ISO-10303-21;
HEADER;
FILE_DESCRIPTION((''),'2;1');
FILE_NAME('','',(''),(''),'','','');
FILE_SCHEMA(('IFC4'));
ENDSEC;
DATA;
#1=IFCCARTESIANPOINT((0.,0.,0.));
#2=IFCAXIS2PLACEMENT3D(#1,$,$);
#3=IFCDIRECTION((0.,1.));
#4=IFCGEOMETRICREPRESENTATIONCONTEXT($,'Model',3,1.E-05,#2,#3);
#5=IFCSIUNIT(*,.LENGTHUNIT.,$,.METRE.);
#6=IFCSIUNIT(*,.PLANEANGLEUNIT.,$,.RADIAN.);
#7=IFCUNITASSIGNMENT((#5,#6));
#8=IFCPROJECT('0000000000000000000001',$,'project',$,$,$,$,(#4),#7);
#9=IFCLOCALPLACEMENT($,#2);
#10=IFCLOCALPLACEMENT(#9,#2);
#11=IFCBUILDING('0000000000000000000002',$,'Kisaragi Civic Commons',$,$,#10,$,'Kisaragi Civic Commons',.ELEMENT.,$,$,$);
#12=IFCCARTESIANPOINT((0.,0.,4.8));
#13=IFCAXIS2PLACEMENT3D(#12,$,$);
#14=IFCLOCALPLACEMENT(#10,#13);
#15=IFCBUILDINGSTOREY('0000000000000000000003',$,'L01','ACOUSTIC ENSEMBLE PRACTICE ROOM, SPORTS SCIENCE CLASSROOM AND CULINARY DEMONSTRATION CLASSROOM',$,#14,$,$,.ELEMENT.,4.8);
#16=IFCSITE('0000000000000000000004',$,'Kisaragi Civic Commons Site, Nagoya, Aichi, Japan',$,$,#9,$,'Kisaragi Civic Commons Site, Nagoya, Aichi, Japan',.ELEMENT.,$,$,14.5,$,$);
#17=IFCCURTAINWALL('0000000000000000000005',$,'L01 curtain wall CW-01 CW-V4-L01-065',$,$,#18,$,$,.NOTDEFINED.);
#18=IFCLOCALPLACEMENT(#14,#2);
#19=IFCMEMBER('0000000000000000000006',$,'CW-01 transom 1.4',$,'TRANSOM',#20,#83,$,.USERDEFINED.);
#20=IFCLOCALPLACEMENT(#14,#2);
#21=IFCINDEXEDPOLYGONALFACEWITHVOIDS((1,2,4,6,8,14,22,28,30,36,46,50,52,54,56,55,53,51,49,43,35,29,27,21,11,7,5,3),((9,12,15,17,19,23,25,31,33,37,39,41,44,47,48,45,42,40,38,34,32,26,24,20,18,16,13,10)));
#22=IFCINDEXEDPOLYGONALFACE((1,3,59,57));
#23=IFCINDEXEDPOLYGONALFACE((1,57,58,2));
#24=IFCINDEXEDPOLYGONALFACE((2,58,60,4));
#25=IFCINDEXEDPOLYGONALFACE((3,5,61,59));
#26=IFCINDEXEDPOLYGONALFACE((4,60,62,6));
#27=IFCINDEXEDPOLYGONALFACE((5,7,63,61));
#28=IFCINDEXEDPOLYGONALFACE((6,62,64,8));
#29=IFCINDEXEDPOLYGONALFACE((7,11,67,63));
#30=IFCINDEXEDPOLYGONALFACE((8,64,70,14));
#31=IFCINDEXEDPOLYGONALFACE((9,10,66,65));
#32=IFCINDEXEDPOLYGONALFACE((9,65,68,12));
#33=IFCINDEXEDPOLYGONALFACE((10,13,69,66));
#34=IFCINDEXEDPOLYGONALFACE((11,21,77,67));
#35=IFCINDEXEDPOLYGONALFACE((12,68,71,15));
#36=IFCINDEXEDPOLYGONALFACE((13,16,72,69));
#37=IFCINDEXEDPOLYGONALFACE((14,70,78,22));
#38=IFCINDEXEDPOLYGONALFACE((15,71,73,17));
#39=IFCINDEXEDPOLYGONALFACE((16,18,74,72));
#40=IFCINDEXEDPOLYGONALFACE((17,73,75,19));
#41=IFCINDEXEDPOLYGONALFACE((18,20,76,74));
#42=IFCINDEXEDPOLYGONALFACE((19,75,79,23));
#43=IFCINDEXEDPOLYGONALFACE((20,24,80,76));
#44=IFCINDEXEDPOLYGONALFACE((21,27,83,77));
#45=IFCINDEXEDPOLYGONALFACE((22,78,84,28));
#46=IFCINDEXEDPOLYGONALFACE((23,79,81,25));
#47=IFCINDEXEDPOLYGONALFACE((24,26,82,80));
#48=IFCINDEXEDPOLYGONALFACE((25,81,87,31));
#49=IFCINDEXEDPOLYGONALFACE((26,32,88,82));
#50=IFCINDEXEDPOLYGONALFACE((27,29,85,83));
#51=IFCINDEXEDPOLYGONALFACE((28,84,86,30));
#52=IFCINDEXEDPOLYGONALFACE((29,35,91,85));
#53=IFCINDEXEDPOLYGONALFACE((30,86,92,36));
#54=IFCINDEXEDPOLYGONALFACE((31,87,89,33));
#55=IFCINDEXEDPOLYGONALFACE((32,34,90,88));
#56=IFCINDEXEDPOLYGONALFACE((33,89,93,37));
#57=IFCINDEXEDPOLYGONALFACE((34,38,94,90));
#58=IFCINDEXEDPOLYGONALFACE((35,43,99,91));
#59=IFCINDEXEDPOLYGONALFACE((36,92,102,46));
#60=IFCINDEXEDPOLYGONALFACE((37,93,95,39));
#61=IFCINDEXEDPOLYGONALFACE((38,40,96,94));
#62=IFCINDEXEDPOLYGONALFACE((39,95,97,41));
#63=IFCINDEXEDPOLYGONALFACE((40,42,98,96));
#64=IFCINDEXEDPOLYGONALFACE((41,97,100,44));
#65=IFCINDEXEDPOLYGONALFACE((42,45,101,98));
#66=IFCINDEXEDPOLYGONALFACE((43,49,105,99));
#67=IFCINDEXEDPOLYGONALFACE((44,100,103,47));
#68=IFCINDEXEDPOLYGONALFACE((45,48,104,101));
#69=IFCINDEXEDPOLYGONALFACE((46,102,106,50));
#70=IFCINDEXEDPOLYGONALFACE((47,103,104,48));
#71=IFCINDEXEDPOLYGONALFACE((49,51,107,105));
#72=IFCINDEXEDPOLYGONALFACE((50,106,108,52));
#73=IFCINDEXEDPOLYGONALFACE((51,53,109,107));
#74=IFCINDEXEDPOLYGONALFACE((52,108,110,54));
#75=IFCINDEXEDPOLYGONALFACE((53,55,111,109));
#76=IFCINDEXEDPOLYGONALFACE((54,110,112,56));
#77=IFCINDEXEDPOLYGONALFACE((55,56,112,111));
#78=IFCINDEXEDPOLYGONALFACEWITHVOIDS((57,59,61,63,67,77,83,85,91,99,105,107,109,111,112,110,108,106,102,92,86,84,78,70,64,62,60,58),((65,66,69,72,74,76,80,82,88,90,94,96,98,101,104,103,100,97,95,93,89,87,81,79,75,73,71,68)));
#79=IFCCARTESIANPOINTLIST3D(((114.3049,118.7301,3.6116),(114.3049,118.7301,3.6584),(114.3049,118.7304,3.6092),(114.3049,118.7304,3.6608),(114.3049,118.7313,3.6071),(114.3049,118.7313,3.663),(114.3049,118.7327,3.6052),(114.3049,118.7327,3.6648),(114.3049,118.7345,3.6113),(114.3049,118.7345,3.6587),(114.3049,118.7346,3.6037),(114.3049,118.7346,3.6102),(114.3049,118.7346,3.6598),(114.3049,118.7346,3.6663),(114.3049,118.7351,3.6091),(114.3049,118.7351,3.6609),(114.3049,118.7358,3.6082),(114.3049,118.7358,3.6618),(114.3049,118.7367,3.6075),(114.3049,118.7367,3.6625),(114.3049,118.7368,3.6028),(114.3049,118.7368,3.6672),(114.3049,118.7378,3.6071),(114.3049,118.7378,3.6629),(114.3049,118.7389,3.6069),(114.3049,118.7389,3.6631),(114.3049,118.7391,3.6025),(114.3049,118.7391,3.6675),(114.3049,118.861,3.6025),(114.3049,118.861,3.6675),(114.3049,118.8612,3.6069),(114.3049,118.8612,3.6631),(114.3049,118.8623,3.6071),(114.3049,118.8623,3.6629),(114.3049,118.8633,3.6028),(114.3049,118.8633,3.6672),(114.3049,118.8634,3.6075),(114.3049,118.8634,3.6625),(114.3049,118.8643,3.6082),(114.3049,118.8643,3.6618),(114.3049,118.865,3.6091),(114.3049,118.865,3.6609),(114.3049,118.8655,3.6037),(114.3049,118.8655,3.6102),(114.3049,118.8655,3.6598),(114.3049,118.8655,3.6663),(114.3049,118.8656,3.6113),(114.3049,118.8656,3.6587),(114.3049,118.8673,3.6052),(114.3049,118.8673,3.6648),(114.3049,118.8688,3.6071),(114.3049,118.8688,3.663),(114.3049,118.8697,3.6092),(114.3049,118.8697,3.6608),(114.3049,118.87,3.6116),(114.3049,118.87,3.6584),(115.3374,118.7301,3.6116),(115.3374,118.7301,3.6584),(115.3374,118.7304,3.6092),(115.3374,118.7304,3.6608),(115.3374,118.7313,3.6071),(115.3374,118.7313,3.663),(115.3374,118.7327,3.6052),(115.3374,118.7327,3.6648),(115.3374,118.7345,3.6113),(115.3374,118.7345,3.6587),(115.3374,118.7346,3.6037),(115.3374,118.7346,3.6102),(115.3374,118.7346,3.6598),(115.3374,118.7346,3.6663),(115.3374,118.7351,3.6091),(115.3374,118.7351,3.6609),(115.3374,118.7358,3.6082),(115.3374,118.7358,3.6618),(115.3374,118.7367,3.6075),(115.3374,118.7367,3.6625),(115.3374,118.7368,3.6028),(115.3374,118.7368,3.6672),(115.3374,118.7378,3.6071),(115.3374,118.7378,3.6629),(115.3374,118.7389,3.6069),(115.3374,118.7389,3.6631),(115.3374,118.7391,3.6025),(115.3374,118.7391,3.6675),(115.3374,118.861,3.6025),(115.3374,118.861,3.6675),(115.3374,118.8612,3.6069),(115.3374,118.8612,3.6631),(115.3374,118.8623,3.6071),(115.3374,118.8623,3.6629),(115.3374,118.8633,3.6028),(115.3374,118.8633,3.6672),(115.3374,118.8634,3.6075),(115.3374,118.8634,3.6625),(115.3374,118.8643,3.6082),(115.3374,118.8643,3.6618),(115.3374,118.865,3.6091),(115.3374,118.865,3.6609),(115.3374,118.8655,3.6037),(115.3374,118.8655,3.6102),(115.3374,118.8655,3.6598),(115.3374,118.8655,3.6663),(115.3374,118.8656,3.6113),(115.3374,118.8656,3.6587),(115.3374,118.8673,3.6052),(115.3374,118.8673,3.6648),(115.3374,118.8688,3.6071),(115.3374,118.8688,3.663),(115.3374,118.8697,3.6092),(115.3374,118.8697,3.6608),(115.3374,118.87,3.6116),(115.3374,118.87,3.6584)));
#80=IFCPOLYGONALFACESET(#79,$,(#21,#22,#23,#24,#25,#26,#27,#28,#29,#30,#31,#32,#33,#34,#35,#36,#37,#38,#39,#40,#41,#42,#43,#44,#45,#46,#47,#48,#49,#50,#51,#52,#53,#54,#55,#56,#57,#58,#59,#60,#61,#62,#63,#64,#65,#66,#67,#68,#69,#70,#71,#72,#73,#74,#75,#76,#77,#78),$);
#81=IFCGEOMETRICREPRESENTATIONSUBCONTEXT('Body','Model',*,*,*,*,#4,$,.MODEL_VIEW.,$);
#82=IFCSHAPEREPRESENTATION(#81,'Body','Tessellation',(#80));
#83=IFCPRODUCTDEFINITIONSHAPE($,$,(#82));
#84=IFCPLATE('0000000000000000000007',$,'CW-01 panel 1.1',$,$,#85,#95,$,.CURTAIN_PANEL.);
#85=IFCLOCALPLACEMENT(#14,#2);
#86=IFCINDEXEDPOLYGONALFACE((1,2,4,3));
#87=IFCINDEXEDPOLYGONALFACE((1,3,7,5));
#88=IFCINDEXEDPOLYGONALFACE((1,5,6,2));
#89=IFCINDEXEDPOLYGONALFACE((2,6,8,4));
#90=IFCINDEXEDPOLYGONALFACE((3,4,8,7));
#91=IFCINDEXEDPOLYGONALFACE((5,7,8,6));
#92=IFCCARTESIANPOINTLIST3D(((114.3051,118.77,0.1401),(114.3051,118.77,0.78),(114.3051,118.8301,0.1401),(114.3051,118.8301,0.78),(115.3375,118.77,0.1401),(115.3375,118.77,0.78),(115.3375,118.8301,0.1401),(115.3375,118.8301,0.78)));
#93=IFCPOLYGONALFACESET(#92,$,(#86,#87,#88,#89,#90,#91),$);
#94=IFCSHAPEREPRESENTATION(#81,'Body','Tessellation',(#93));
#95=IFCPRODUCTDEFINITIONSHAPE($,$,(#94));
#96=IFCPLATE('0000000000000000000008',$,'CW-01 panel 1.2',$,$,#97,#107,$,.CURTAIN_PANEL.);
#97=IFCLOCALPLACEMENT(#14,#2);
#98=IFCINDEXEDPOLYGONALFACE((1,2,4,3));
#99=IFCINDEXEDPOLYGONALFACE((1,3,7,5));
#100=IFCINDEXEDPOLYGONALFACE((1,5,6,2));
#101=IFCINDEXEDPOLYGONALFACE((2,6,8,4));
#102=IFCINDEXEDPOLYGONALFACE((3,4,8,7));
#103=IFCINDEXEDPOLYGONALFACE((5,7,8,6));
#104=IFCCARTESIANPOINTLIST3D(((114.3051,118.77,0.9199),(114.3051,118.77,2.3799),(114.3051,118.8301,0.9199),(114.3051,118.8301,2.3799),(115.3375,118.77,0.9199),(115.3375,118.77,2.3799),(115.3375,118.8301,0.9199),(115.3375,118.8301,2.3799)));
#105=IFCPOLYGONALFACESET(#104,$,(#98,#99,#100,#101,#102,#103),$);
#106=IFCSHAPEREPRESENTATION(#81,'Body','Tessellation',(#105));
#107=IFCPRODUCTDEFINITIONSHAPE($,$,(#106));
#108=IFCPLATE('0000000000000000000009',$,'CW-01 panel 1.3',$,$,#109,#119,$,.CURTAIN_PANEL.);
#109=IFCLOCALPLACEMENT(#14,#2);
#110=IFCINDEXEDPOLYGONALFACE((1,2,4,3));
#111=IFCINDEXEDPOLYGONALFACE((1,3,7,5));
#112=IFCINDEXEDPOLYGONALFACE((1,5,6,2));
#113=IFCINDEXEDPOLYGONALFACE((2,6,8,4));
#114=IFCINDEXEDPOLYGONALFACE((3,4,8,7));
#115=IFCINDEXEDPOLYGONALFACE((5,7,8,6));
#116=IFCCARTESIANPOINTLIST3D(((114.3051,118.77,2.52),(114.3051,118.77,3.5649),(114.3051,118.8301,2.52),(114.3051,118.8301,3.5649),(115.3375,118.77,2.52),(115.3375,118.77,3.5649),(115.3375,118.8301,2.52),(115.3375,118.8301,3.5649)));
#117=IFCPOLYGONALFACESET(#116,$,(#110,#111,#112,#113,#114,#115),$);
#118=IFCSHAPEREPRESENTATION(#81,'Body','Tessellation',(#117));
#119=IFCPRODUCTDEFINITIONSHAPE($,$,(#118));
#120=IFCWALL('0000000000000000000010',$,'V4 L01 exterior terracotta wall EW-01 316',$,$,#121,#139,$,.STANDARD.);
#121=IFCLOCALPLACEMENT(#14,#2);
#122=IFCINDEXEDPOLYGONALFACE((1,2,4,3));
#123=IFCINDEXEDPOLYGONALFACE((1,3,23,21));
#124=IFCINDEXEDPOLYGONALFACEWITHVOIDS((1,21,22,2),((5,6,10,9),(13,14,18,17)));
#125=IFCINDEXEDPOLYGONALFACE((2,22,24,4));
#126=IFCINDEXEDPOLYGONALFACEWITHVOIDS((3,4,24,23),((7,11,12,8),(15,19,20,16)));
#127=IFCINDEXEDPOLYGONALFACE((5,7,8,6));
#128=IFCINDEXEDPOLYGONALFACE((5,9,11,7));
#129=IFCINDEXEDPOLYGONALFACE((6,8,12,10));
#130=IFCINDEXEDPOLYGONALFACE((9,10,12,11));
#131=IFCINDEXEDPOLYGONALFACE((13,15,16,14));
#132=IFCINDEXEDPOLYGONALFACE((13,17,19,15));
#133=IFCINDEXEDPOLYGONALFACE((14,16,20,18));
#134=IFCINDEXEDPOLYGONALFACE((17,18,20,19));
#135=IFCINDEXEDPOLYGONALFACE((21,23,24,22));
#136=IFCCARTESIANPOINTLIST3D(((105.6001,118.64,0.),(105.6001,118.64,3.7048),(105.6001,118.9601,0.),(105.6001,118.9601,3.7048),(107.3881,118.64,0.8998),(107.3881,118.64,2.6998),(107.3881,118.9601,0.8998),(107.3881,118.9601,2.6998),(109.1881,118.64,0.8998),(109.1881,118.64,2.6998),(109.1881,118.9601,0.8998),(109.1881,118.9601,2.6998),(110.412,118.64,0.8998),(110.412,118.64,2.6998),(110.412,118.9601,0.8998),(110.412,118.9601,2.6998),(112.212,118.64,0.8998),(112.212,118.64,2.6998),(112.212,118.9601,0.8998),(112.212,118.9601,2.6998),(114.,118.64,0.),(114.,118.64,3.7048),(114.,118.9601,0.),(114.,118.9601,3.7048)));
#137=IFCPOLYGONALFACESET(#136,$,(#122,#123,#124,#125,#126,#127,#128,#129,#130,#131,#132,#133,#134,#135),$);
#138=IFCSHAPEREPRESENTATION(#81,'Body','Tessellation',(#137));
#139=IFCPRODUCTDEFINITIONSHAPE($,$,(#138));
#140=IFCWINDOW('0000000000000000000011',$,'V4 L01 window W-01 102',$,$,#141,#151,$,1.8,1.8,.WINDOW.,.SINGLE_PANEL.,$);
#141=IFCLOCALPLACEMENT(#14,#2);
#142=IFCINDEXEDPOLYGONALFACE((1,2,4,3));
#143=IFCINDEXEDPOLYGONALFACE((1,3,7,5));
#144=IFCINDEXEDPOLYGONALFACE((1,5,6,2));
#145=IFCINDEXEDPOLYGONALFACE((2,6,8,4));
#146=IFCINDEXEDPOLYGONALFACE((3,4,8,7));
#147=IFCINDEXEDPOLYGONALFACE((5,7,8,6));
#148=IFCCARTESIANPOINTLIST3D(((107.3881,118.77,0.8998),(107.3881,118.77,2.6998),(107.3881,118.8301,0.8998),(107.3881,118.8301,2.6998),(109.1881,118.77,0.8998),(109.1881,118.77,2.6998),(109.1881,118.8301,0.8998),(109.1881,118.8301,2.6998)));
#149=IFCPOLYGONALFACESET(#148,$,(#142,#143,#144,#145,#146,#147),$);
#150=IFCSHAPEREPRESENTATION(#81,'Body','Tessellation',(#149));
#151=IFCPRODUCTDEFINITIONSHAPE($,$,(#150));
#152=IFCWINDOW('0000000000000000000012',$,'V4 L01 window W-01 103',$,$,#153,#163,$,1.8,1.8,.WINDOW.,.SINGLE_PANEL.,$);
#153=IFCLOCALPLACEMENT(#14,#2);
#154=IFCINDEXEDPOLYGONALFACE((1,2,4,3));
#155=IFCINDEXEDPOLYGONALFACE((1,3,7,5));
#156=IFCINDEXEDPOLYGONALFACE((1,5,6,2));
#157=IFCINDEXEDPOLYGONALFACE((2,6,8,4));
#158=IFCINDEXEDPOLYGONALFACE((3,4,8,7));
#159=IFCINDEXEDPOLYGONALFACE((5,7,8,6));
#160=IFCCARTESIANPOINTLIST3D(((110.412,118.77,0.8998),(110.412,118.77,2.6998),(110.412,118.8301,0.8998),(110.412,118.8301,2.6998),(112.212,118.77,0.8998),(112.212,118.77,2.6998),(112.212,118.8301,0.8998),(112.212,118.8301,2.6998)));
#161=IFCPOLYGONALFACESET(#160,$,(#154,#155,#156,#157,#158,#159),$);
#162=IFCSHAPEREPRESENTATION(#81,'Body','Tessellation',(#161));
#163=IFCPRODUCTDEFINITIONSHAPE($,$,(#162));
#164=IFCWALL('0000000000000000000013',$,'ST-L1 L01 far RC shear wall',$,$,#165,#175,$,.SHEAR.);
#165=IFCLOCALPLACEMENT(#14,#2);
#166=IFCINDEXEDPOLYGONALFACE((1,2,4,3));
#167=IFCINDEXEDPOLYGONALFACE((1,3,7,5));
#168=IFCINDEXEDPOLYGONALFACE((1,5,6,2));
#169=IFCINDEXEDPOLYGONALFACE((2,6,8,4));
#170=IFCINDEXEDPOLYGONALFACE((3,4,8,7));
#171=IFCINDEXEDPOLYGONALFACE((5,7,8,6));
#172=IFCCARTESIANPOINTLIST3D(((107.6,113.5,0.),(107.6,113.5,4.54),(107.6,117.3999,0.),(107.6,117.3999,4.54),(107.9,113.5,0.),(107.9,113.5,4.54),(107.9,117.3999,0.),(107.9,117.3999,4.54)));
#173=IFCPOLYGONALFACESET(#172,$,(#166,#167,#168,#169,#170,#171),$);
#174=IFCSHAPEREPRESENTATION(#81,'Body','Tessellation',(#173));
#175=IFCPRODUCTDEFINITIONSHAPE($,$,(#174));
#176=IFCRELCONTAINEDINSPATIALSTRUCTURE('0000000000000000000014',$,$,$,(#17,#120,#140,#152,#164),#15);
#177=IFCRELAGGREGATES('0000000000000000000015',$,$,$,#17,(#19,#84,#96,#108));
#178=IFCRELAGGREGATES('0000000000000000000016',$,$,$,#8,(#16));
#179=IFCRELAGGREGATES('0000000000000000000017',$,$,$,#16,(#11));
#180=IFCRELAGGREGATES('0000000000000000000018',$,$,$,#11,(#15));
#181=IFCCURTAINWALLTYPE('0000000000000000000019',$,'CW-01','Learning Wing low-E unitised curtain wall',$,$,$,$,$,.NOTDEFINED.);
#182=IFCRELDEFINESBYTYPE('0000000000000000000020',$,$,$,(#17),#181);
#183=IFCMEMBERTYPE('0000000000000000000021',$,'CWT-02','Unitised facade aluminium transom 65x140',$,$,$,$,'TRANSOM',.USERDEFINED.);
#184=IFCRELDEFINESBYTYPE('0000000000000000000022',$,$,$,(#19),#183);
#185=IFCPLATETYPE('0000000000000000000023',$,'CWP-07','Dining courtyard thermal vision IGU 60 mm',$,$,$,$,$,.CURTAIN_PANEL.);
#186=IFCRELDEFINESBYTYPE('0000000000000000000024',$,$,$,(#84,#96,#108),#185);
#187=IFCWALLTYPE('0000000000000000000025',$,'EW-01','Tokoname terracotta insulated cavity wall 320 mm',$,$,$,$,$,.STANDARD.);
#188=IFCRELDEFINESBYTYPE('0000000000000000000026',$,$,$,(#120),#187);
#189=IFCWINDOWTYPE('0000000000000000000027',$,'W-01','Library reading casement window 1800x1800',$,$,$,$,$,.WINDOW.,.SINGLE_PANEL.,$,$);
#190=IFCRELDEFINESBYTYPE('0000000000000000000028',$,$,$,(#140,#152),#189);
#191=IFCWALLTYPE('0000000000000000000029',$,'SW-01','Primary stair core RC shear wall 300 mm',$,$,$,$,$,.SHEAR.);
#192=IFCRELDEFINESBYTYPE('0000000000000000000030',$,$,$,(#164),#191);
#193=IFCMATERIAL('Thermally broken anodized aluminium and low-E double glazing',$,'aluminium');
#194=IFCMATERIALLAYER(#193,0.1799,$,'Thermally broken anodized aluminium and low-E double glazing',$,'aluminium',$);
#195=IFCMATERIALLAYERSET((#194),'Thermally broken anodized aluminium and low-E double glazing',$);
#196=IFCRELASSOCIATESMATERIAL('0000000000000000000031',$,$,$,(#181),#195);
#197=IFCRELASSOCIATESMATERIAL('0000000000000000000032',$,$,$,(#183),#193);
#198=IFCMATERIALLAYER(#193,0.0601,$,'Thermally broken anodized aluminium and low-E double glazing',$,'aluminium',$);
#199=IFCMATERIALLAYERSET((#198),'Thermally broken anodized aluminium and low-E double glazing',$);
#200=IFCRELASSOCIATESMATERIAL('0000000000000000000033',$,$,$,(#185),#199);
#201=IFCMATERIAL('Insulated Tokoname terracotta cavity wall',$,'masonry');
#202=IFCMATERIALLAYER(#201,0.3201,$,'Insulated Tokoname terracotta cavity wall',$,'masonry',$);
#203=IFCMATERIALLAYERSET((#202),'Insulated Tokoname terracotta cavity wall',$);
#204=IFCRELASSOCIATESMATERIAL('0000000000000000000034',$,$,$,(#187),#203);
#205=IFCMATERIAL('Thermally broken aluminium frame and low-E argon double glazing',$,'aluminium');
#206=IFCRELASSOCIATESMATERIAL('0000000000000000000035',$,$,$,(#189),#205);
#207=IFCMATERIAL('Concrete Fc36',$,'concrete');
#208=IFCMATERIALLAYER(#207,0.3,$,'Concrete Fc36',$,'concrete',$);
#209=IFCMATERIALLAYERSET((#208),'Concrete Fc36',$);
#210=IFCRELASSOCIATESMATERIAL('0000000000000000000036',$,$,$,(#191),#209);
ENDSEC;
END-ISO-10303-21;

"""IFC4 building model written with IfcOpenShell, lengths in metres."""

from ifc_helpers import new_model, si_unit, direction, frame, frame_2d, origin, origin_2d, place, context, subcontext, project, spatial, rectangle, hollow_rectangle, extrude, material, layer, layer_set, material_profile, profile_set, type_object, element, fill, aggregate, save


model = new_model("IFC4")

# Units and contexts
model_context = context("Model", 3, precision=1e-05, world=origin(), true_north=direction((0.0, 1.0)))
body_context = subcontext(model_context, "Body", "Model", "MODEL_VIEW")
ifc_project = project(units=[si_unit("LENGTHUNIT", "METRE"), si_unit("PLANEANGLEUNIT", "RADIAN")], contexts=[model_context])

# Site, building, storey
site_placement = place(None, origin())
site = spatial("IfcSite", under=ifc_project, at=site_placement, Name="Kisaragi Civic Commons Site, Nagoya, Aichi, Japan", LongName="Kisaragi Civic Commons Site, Nagoya, Aichi, Japan", CompositionType="ELEMENT", RefElevation=14.5)
building_placement = place(site_placement, origin())
building = spatial("IfcBuilding", under=site, at=building_placement, Name="Kisaragi Civic Commons", LongName="Kisaragi Civic Commons", CompositionType="ELEMENT")
storey_placement = place(building_placement, frame((0.0, 0.0, 4.8)))
storey = spatial("IfcBuildingStorey", under=building, at=storey_placement, Name="L01", Description="ACOUSTIC ENSEMBLE PRACTICE ROOM, SPORTS SCIENCE CLASSROOM AND CULINARY DEMONSTRATION CLASSROOM", CompositionType="ELEMENT", Elevation=4.8)

# Shared definitions
ifc_material_1 = material(Name="Concrete Fc36", Category="concrete")

# Curtain wall, member, plates
ifc_material_2 = material(Name="Thermally broken anodized aluminium and low-E double glazing", Category="aluminium")
ifc_layer_1 = layer(ifc_material_2, 0.1799, Name="Thermally broken anodized aluminium and low-E double glazing", Category="aluminium")
ifc_layer_set_1 = layer_set([ifc_layer_1], Name="Thermally broken anodized aluminium and low-E double glazing")
curtain_wall_type = type_object("IfcCurtainWallType", Name="CW-01", Description="Learning Wing low-E unitised curtain wall", PredefinedType="NOTDEFINED", material=ifc_layer_set_1)
curtain_wall_placement = place(storey_placement, origin())
curtain_wall = element("IfcCurtainWall", 1, at=curtain_wall_placement, inside=storey, type_object=curtain_wall_type, Name="L01 curtain wall CW-01 CW-V4-L01-065", PredefinedType="NOTDEFINED")
ifc_material_profile_1 = material_profile(ifc_material_2, hollow_rectangle(XDim=0.1399, YDim=0.0649, WallThickness=0.0044, InnerFilletRadius=0.0044, OuterFilletRadius=0.009, at=origin_2d()), Name="CWT-65x140x4.5", Category="aluminium")
ifc_profile_set_1 = profile_set([ifc_material_profile_1], Name="Thermally broken anodized aluminium and low-E double glazing")
member_type_1 = type_object("IfcMemberType", Name="CWT-02", Description="Unitised facade aluminium transom 65x140", ElementType="TRANSOM", PredefinedType="USERDEFINED", material=ifc_profile_set_1)
member_1_placement = place(storey_placement, frame((114.3049, 118.8, 3.635), z_axis=(1.0, 0.0, 0.0), x_axis=(0.0, 1.0, 0.0)))
member_1 = element("IfcMember", 2, at=member_1_placement, type_object=member_type_1, Name="CW-01 transom 1.4", ObjectType="TRANSOM", PredefinedType="USERDEFINED", context=body_context, shape_type="SweptSolid", body=[
    extrude(hollow_rectangle(XDim=0.1399, YDim=0.0649, WallThickness=0.0044, InnerFilletRadius=0.0044, OuterFilletRadius=0.009, at=origin_2d()), origin(), (0.0, 0.0, 1.0), 1.0325),
])
ifc_layer_2 = layer(ifc_material_2, 0.0601, Name="Thermally broken anodized aluminium and low-E double glazing", Category="aluminium")
ifc_layer_set_2 = layer_set([ifc_layer_2], Name="Thermally broken anodized aluminium and low-E double glazing")
plate_type = type_object("IfcPlateType", Name="CWP-07", Description="Dining courtyard thermal vision IGU 60 mm", PredefinedType="CURTAIN_PANEL", material=ifc_layer_set_2)
plate_1_placement = place(storey_placement, frame((114.8213, 118.8, 0.1401), z_axis=(0.0, 0.0, 1.0), x_axis=(1.0, 0.0, 0.0)))
plate_1 = element("IfcPlate", 3, at=plate_1_placement, type_object=plate_type, Name="CW-01 panel 1.1", PredefinedType="CURTAIN_PANEL", context=body_context, shape_type="SweptSolid", body=[
    extrude(rectangle(XDim=1.0325, YDim=0.0601, at=origin_2d()), origin(), (0.0, 0.0, 1.0), 0.6399),
])
plate_2_placement = place(storey_placement, frame((114.8213, 118.8, 0.9199), z_axis=(0.0, 0.0, 1.0), x_axis=(1.0, 0.0, 0.0)))
plate_2 = element("IfcPlate", 4, at=plate_2_placement, type_object=plate_type, Name="CW-01 panel 1.2", PredefinedType="CURTAIN_PANEL", context=body_context, shape_type="SweptSolid", body=[
    extrude(rectangle(XDim=1.0325, YDim=0.0601, at=origin_2d()), origin(), (0.0, 0.0, 1.0), 1.46),
])
plate_3_placement = place(storey_placement, frame((114.8213, 118.8, 2.52), z_axis=(0.0, 0.0, 1.0), x_axis=(1.0, 0.0, 0.0)))
plate_3 = element("IfcPlate", 5, at=plate_3_placement, type_object=plate_type, Name="CW-01 panel 1.3", PredefinedType="CURTAIN_PANEL", context=body_context, shape_type="SweptSolid", body=[
    extrude(rectangle(XDim=1.0325, YDim=0.0601, at=origin_2d()), origin(), (0.0, 0.0, 1.0), 1.0449),
])
aggregate(curtain_wall, [member_1, plate_1, plate_2, plate_3])

# Wall, openings, windows
ifc_material_3 = material(Name="Insulated Tokoname terracotta cavity wall", Category="masonry")
ifc_layer_3 = layer(ifc_material_3, 0.3201, Name="Insulated Tokoname terracotta cavity wall", Category="masonry")
ifc_layer_set_3 = layer_set([ifc_layer_3], Name="Insulated Tokoname terracotta cavity wall")
wall_type_1 = type_object("IfcWallType", Name="EW-01", Description="Tokoname terracotta insulated cavity wall 320 mm", PredefinedType="STANDARD", material=ifc_layer_set_3)
wall_1_placement = place(storey_placement, frame((105.6001, 118.8, 0.0), z_axis=(0.0, 0.0, 1.0), x_axis=(1.0, 0.0, 0.0)))
wall_1 = element("IfcWall", 6, at=wall_1_placement, inside=storey, type_object=wall_type_1, Name="V4 L01 exterior terracotta wall EW-01 316", PredefinedType="STANDARD", context=body_context, shape_type="SweptSolid", body=[
    extrude(rectangle(XDim=8.3999, YDim=0.3201, at=frame_2d((4.2, 0.0))), origin(), (0.0, 0.0, 1.0), 3.7048),
])
opening_1_placement = place(wall_1_placement, frame((1.7881, 0.0, 0.8999)))
opening_1 = element("IfcOpeningElement", 7, at=opening_1_placement, cuts=wall_1, PredefinedType="OPENING", context=body_context, shape_type="SweptSolid", body=[
    extrude(rectangle(XDim=1.8, YDim=1.8, at=frame_2d((0.8999, 0.8999))), frame((0.0, 0.1699, 0.0), z_axis=(0.0, -1.0, 0.0), x_axis=(1.0, 0.0, 0.0)), (0.0, 0.0, 1.0), 0.3401),
])
opening_2_placement = place(wall_1_placement, frame((4.812, 0.0, 0.8999)))
opening_2 = element("IfcOpeningElement", 8, at=opening_2_placement, cuts=wall_1, PredefinedType="OPENING", context=body_context, shape_type="SweptSolid", body=[
    extrude(rectangle(XDim=1.8, YDim=1.8, at=frame_2d((0.8999, 0.8999))), frame((0.0, 0.1699, 0.0), z_axis=(0.0, -1.0, 0.0), x_axis=(1.0, 0.0, 0.0)), (0.0, 0.0, 1.0), 0.3401),
])
ifc_material_4 = material(Name="Thermally broken aluminium frame and low-E argon double glazing", Category="aluminium")
window_type = type_object("IfcWindowType", Name="W-01", Description="Library reading casement window 1800x1800", PartitioningType="SINGLE_PANEL", PredefinedType="WINDOW", material=ifc_material_4)
window_1_placement = place(opening_1_placement, origin())
window_1 = element("IfcWindow", 9, at=window_1_placement, inside=storey, type_object=window_type, Name="V4 L01 window W-01 102", OverallHeight=1.8, OverallWidth=1.8, PartitioningType="SINGLE_PANEL", PredefinedType="WINDOW", context=body_context, shape_type="SweptSolid", body=[
    extrude(rectangle(XDim=1.8, YDim=1.8, at=frame_2d((0.8999, 0.8999))), frame((0.0, 0.03, 0.0), z_axis=(0.0, -1.0, 0.0), x_axis=(1.0, 0.0, 0.0)), (0.0, 0.0, 1.0), 0.0601),
])
fill(opening_1, window_1)
window_2_placement = place(opening_2_placement, origin())
window_2 = element("IfcWindow", 10, at=window_2_placement, inside=storey, type_object=window_type, Name="V4 L01 window W-01 103", OverallHeight=1.8, OverallWidth=1.8, PartitioningType="SINGLE_PANEL", PredefinedType="WINDOW", context=body_context, shape_type="SweptSolid", body=[
    extrude(rectangle(XDim=1.8, YDim=1.8, at=frame_2d((0.8999, 0.8999))), frame((0.0, 0.03, 0.0), z_axis=(0.0, -1.0, 0.0), x_axis=(1.0, 0.0, 0.0)), (0.0, 0.0, 1.0), 0.0601),
])
fill(opening_2, window_2)

# Wall
ifc_layer_4 = layer(ifc_material_1, 0.3, Name="Concrete Fc36", Category="concrete")
ifc_layer_set_4 = layer_set([ifc_layer_4], Name="Concrete Fc36")
wall_type_2 = type_object("IfcWallType", Name="SW-01", Description="Primary stair core RC shear wall 300 mm", PredefinedType="SHEAR", material=ifc_layer_set_4)
wall_2_placement = place(storey_placement, frame((107.75, 113.5, 0.0), z_axis=(0.0, 0.0, 1.0), x_axis=(0.0, 1.0, 0.0)))
element("IfcWall", 11, at=wall_2_placement, inside=storey, type_object=wall_type_2, Name="ST-L1 L01 far RC shear wall", PredefinedType="SHEAR", context=body_context, shape_type="SweptSolid", body=[
    extrude(rectangle(XDim=3.8999, YDim=0.3, at=frame_2d((1.95, 0.0))), origin(), (0.0, 0.0, 1.0), 4.54),
])

save(model, "model.ifc")
